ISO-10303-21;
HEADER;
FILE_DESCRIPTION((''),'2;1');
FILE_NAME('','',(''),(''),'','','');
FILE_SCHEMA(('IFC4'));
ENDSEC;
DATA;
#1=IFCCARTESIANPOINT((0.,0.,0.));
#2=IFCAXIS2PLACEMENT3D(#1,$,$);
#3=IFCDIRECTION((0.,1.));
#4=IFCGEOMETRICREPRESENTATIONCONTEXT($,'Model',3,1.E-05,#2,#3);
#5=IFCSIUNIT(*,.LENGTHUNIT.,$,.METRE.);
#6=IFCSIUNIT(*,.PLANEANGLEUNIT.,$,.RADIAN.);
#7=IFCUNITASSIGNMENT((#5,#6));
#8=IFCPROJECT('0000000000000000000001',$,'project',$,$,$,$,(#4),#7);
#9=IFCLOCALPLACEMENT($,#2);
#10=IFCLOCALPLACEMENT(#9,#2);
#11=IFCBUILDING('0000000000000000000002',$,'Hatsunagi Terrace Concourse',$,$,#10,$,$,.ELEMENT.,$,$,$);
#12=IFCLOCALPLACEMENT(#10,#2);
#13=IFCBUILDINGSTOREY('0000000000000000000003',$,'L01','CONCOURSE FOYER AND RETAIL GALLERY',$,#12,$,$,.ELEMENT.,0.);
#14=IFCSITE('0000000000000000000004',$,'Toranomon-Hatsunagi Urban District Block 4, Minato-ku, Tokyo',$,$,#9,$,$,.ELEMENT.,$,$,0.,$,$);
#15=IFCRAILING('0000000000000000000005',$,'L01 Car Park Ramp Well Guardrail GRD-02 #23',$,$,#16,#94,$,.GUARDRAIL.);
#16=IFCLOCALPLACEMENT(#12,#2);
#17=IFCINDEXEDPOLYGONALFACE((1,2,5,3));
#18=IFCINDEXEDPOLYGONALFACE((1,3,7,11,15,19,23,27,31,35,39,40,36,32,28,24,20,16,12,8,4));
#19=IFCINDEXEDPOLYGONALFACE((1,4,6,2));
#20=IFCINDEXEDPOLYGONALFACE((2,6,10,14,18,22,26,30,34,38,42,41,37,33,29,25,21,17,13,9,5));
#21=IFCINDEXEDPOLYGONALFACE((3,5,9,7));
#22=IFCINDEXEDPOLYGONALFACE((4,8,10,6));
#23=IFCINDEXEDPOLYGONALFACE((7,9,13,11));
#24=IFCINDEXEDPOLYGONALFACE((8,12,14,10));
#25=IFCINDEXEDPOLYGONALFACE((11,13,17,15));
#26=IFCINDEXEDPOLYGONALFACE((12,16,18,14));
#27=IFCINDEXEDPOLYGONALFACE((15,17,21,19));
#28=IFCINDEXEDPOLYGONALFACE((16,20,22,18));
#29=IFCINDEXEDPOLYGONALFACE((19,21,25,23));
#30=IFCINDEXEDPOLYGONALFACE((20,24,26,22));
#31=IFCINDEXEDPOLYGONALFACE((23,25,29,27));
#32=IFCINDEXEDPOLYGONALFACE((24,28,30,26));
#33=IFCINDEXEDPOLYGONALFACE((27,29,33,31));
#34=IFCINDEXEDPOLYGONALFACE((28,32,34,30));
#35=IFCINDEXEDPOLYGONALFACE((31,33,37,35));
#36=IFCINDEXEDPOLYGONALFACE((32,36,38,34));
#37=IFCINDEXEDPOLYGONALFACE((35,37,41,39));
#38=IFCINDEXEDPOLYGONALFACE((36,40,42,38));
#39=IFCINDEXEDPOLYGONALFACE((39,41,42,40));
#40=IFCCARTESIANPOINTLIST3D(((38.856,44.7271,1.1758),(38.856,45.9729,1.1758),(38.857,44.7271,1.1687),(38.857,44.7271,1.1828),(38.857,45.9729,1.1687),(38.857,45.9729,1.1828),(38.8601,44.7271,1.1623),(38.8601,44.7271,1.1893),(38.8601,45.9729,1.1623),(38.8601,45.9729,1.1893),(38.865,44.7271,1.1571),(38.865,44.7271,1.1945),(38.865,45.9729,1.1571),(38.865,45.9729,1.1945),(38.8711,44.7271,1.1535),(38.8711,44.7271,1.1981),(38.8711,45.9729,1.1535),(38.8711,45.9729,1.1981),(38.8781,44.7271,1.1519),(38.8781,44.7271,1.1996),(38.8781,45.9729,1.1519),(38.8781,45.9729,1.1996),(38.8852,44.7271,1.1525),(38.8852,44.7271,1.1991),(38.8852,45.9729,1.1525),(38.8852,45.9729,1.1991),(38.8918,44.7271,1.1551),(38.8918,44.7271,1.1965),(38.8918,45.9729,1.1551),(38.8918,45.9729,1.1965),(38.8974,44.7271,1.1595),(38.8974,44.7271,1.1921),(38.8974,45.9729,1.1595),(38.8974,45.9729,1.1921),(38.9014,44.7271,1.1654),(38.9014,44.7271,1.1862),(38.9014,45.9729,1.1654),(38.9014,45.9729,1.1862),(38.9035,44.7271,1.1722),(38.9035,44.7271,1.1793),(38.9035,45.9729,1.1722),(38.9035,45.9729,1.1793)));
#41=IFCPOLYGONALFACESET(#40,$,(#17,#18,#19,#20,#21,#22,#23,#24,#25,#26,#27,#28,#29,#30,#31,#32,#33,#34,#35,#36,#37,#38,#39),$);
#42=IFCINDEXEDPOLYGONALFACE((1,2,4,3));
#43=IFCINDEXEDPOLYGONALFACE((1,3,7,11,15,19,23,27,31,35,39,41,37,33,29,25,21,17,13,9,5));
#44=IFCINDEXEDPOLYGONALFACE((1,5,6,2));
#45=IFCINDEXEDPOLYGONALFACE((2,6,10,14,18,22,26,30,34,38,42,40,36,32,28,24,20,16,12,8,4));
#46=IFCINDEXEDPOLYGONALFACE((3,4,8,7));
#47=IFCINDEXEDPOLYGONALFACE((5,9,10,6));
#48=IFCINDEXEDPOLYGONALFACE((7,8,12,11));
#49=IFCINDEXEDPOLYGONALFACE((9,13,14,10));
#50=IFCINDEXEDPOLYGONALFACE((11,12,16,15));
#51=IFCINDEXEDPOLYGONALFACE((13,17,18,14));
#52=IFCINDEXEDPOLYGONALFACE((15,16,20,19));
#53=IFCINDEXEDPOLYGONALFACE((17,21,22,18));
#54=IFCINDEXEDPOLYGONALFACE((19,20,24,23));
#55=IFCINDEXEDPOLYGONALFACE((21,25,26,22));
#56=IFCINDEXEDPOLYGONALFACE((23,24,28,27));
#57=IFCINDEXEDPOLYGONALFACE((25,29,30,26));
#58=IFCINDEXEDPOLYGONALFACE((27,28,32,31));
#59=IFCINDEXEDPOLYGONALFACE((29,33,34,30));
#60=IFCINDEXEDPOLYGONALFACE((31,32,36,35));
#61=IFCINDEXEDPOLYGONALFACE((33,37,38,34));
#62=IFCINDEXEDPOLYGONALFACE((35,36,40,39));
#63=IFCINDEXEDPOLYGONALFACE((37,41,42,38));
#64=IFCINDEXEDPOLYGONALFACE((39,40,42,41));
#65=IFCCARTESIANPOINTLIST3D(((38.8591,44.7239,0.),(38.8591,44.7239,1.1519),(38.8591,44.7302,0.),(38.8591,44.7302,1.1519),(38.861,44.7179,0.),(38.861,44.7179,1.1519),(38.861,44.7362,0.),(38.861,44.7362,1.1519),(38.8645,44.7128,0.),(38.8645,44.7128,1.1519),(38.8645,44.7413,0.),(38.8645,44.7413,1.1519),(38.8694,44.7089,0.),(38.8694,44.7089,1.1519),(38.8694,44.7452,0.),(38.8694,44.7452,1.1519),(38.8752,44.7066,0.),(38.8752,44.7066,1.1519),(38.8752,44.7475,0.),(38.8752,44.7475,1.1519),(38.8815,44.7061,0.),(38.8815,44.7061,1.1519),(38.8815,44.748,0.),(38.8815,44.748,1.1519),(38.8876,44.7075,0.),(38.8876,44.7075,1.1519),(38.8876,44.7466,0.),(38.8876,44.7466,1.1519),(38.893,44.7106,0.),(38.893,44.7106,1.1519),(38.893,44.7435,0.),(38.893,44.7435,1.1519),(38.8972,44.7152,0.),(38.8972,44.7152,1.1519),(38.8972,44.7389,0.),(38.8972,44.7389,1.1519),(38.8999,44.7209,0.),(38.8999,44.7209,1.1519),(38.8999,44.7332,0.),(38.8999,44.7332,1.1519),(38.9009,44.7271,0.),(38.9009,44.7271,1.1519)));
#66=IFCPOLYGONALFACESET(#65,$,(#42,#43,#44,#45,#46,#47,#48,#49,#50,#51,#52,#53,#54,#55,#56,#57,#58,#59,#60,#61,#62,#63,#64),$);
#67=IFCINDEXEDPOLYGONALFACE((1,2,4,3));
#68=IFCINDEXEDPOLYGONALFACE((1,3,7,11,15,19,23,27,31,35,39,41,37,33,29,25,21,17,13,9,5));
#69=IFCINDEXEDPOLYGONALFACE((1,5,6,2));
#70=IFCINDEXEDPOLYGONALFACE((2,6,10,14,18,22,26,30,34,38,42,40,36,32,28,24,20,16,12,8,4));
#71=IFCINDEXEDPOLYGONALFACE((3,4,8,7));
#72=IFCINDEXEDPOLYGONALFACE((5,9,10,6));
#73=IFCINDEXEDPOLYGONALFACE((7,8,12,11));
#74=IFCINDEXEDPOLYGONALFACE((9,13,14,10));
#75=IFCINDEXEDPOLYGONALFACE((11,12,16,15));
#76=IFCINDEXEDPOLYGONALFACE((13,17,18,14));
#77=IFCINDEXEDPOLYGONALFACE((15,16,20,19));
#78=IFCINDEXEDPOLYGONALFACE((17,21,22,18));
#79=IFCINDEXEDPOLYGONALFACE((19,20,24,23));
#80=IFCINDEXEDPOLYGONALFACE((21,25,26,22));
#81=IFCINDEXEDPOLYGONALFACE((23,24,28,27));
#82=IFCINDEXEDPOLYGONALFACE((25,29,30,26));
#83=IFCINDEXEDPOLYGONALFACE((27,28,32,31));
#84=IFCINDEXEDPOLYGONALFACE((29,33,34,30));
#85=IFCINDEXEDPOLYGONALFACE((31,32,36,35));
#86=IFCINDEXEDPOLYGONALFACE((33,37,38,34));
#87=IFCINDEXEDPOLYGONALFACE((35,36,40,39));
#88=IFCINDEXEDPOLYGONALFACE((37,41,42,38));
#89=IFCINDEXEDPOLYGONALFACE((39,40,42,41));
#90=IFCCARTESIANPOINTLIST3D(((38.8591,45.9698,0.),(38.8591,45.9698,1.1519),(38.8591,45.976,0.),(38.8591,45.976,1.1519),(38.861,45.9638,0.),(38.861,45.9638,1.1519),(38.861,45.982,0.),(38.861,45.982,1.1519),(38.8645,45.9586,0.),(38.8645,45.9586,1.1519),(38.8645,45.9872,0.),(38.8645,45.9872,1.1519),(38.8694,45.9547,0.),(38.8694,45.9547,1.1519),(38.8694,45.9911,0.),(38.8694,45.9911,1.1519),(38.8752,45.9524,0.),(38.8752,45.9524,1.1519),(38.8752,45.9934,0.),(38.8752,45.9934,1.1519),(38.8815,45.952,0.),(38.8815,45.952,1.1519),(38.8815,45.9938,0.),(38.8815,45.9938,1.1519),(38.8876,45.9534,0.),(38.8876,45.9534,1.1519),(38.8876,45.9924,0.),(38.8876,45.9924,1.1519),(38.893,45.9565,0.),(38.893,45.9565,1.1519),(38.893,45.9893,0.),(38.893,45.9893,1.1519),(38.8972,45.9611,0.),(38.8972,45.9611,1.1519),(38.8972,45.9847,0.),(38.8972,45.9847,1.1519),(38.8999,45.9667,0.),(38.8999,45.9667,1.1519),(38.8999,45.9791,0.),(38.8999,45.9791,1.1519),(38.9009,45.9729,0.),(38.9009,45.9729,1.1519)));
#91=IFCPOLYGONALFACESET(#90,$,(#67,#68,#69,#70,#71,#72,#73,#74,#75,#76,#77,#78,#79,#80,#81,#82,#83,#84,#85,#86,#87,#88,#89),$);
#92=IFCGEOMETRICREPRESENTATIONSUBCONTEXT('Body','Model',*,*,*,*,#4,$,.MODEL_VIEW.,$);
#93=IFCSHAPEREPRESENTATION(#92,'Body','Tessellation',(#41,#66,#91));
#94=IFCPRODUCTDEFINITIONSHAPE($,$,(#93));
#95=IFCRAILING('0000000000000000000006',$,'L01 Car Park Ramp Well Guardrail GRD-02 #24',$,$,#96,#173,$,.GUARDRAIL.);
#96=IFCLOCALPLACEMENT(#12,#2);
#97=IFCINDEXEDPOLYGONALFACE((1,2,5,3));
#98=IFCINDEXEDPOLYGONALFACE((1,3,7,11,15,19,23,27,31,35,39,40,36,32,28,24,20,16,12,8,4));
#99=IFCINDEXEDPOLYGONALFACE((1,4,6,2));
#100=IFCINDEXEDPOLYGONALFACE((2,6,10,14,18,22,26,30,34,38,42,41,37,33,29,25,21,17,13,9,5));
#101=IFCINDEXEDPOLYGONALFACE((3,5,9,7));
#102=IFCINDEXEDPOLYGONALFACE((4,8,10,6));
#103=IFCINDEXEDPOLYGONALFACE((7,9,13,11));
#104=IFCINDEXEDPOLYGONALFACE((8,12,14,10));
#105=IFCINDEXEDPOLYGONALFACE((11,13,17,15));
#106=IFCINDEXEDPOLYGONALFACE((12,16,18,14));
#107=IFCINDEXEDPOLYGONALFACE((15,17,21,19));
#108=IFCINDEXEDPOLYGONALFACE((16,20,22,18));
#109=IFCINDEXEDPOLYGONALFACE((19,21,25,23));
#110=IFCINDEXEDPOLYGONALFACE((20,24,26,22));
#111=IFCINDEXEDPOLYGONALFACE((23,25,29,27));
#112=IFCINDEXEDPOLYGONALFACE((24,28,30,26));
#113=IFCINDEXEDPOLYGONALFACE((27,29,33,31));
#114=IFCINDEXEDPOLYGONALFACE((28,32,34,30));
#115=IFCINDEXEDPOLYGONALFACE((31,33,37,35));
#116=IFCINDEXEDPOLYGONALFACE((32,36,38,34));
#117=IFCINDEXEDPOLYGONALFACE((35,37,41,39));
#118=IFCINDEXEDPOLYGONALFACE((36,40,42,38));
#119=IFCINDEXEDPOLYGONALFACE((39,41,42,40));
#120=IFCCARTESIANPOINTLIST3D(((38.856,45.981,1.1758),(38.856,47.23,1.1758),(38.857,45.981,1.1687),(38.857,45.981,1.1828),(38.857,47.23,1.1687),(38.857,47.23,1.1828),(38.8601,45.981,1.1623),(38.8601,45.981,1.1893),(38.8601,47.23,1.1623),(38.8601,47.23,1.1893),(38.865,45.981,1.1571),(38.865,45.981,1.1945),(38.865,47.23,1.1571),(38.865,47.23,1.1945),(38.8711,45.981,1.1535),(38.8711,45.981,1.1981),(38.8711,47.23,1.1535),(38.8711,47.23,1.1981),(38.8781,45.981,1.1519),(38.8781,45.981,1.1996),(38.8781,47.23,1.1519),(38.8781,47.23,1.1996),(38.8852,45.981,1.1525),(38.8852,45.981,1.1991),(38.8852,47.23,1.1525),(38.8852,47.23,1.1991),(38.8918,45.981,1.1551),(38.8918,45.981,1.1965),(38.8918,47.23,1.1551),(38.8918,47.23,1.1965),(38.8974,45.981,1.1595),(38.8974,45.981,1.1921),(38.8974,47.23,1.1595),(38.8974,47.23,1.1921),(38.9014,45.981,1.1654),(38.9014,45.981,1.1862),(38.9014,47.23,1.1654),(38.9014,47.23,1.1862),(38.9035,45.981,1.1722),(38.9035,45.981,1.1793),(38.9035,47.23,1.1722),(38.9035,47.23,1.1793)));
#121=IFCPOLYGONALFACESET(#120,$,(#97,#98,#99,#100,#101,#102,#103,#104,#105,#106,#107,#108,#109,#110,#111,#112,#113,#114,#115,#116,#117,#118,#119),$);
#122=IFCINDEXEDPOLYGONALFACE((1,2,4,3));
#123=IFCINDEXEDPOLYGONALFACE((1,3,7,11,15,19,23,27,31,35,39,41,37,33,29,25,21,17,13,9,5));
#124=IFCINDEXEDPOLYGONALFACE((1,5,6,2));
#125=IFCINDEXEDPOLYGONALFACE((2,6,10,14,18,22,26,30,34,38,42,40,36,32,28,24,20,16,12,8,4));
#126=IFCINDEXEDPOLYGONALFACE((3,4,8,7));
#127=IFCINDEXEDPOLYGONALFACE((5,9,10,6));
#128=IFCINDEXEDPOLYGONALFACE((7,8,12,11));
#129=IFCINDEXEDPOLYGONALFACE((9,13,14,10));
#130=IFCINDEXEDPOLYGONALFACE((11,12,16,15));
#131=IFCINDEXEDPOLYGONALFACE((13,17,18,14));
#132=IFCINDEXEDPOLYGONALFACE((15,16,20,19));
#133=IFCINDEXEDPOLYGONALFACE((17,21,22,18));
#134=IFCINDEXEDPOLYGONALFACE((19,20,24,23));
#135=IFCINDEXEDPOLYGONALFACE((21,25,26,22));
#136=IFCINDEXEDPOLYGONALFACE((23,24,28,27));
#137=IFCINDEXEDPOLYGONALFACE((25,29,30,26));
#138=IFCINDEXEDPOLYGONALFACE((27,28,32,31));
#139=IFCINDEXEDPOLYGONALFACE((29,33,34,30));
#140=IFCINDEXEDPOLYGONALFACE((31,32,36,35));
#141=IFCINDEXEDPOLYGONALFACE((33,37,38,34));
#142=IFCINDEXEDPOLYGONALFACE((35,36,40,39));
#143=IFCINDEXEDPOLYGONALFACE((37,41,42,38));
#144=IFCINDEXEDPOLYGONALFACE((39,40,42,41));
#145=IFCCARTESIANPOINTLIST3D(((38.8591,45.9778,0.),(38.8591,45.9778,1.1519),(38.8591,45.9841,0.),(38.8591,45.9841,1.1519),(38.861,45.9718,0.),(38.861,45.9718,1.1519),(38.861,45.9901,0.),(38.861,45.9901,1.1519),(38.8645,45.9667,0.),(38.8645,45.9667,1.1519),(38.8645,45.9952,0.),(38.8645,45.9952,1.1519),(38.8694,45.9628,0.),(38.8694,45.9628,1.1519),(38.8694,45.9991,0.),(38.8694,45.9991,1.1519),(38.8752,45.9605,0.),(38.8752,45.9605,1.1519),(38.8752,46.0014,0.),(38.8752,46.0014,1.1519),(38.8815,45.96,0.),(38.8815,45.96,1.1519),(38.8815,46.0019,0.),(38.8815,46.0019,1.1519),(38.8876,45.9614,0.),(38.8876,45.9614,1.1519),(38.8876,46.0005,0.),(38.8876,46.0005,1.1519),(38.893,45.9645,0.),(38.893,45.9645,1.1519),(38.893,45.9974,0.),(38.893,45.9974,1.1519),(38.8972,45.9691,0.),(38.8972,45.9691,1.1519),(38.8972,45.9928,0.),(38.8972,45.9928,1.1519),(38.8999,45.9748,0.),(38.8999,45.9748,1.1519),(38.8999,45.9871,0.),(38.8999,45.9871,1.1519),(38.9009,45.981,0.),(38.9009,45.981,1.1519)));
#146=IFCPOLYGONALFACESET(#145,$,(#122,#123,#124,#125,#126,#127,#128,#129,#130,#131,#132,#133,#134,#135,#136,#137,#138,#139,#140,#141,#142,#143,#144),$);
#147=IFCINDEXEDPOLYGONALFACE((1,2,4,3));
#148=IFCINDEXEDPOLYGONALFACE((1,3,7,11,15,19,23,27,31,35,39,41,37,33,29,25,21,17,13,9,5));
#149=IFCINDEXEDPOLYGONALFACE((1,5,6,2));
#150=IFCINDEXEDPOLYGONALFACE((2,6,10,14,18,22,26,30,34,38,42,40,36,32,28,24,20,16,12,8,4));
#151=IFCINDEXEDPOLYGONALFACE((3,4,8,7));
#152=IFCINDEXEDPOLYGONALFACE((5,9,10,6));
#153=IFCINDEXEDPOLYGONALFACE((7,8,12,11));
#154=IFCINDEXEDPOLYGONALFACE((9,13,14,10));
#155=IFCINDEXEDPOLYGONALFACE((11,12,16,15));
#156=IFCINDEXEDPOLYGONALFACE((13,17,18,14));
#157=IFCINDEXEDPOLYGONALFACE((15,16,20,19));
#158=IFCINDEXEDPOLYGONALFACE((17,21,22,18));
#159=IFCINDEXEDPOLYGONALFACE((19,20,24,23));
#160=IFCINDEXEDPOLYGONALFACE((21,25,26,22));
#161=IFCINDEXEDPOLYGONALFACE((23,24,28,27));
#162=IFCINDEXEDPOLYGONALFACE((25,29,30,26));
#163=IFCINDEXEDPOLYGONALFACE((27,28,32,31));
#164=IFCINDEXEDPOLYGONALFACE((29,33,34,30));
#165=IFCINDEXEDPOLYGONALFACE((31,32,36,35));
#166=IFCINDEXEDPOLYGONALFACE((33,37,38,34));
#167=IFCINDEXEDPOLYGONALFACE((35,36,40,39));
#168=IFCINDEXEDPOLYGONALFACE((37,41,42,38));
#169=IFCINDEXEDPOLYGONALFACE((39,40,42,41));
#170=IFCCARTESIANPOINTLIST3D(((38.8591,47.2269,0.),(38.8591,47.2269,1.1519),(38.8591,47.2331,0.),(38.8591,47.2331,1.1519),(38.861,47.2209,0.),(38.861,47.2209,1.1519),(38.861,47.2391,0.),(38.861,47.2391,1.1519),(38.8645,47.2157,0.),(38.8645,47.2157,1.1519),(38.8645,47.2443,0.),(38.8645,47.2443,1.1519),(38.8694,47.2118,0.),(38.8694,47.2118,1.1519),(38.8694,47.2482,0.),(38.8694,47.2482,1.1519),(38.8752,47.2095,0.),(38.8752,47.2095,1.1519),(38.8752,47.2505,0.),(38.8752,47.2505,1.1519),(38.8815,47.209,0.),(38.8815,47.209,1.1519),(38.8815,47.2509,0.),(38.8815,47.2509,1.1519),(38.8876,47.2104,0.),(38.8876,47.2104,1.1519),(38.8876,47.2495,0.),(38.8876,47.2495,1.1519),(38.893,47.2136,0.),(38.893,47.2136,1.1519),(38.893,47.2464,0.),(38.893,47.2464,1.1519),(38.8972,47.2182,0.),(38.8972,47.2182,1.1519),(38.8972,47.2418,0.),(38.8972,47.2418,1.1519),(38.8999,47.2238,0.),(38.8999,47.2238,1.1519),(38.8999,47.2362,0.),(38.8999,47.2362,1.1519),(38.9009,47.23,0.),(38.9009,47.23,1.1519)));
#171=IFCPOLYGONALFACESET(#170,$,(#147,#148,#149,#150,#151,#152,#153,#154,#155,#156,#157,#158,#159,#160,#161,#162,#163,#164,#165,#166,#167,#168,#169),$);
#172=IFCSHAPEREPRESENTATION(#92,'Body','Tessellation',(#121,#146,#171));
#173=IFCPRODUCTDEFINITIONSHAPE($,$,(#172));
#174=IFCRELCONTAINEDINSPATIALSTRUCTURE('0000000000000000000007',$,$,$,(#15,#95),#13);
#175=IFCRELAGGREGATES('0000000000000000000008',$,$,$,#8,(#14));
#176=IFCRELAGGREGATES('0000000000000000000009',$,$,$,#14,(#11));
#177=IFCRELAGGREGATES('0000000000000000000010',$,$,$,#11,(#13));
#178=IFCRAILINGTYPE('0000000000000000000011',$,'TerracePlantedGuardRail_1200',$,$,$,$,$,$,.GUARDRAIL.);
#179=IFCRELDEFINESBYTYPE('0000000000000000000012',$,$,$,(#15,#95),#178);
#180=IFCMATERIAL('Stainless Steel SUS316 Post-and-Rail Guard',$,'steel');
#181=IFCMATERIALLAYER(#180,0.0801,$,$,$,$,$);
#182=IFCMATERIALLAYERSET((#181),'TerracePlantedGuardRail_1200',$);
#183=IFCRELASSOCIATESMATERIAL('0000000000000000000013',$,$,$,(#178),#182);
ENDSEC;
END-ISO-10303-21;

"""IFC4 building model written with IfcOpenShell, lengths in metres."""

from ifc_helpers import new_model, si_unit, direction, frame, origin, origin_2d, place, context, subcontext, project, spatial, circle, extrude, material, layer, layer_set, type_object, element, save


model = new_model("IFC4")

# Units and contexts
model_context = context("Model", 3, precision=1e-05, world=origin(), true_north=direction((0.0, 1.0)))
body_context = subcontext(model_context, "Body", "Model", "MODEL_VIEW")
ifc_project = project(units=[si_unit("LENGTHUNIT", "METRE"), si_unit("PLANEANGLEUNIT", "RADIAN")], contexts=[model_context])

# Site, building, storey
site_placement = place(None, origin())
site = spatial("IfcSite", under=ifc_project, at=site_placement, Name="Toranomon-Hatsunagi Urban District Block 4, Minato-ku, Tokyo", CompositionType="ELEMENT", RefElevation=0.0)
building_placement = place(site_placement, origin())
building = spatial("IfcBuilding", under=site, at=building_placement, Name="Hatsunagi Terrace Concourse", CompositionType="ELEMENT")
storey_placement = place(building_placement, origin())
storey = spatial("IfcBuildingStorey", under=building, at=storey_placement, Name="L01", Description="CONCOURSE FOYER AND RETAIL GALLERY", CompositionType="ELEMENT", Elevation=0.0)

# Railings
ifc_material_1 = material(Name="Stainless Steel SUS316 Post-and-Rail Guard", Category="steel")
ifc_layer_1 = layer(ifc_material_1, 0.0801)
ifc_layer_set_1 = layer_set([ifc_layer_1], Name="TerracePlantedGuardRail_1200")
railing_type = type_object("IfcRailingType", Name="TerracePlantedGuardRail_1200", PredefinedType="GUARDRAIL", material=ifc_layer_set_1)
railing_1_placement = place(storey_placement, frame((38.8799, 44.7271, 0.0)))
element("IfcRailing", 1, at=railing_1_placement, inside=storey, type_object=railing_type, Name="L01 Car Park Ramp Well Guardrail GRD-02 #23", PredefinedType="GUARDRAIL", context=body_context, shape_type="SweptSolid", body=[
    extrude(circle(Radius=0.0239, at=origin_2d()), frame((0.0, 0.0, 1.1758), z_axis=(0.0, 1.0, 0.0), x_axis=(-1.0, 0.0, 0.0)), (0.0, 0.0, 1.0), 1.2458),
    extrude(circle(Radius=0.021, at=origin_2d()), origin(), (0.0, 0.0, 1.0), 1.1519),
    extrude(circle(Radius=0.021, at=origin_2d()), frame((0.0, 1.2458, 0.0)), (0.0, 0.0, 1.0), 1.1519),
])
railing_2_placement = place(storey_placement, frame((38.8799, 45.981, 0.0)))
element("IfcRailing", 2, at=railing_2_placement, inside=storey, type_object=railing_type, Name="L01 Car Park Ramp Well Guardrail GRD-02 #24", PredefinedType="GUARDRAIL", context=body_context, shape_type="SweptSolid", body=[
    extrude(circle(Radius=0.0239, at=origin_2d()), frame((0.0, 0.0, 1.1758), z_axis=(0.0, 1.0, 0.0), x_axis=(-1.0, 0.0, 0.0)), (0.0, 0.0, 1.0), 1.249),
    extrude(circle(Radius=0.021, at=origin_2d()), origin(), (0.0, 0.0, 1.0), 1.1519),
    extrude(circle(Radius=0.021, at=origin_2d()), frame((0.0, 1.249, 0.0)), (0.0, 0.0, 1.0), 1.1519),
])

save(model, "model.ifc")
